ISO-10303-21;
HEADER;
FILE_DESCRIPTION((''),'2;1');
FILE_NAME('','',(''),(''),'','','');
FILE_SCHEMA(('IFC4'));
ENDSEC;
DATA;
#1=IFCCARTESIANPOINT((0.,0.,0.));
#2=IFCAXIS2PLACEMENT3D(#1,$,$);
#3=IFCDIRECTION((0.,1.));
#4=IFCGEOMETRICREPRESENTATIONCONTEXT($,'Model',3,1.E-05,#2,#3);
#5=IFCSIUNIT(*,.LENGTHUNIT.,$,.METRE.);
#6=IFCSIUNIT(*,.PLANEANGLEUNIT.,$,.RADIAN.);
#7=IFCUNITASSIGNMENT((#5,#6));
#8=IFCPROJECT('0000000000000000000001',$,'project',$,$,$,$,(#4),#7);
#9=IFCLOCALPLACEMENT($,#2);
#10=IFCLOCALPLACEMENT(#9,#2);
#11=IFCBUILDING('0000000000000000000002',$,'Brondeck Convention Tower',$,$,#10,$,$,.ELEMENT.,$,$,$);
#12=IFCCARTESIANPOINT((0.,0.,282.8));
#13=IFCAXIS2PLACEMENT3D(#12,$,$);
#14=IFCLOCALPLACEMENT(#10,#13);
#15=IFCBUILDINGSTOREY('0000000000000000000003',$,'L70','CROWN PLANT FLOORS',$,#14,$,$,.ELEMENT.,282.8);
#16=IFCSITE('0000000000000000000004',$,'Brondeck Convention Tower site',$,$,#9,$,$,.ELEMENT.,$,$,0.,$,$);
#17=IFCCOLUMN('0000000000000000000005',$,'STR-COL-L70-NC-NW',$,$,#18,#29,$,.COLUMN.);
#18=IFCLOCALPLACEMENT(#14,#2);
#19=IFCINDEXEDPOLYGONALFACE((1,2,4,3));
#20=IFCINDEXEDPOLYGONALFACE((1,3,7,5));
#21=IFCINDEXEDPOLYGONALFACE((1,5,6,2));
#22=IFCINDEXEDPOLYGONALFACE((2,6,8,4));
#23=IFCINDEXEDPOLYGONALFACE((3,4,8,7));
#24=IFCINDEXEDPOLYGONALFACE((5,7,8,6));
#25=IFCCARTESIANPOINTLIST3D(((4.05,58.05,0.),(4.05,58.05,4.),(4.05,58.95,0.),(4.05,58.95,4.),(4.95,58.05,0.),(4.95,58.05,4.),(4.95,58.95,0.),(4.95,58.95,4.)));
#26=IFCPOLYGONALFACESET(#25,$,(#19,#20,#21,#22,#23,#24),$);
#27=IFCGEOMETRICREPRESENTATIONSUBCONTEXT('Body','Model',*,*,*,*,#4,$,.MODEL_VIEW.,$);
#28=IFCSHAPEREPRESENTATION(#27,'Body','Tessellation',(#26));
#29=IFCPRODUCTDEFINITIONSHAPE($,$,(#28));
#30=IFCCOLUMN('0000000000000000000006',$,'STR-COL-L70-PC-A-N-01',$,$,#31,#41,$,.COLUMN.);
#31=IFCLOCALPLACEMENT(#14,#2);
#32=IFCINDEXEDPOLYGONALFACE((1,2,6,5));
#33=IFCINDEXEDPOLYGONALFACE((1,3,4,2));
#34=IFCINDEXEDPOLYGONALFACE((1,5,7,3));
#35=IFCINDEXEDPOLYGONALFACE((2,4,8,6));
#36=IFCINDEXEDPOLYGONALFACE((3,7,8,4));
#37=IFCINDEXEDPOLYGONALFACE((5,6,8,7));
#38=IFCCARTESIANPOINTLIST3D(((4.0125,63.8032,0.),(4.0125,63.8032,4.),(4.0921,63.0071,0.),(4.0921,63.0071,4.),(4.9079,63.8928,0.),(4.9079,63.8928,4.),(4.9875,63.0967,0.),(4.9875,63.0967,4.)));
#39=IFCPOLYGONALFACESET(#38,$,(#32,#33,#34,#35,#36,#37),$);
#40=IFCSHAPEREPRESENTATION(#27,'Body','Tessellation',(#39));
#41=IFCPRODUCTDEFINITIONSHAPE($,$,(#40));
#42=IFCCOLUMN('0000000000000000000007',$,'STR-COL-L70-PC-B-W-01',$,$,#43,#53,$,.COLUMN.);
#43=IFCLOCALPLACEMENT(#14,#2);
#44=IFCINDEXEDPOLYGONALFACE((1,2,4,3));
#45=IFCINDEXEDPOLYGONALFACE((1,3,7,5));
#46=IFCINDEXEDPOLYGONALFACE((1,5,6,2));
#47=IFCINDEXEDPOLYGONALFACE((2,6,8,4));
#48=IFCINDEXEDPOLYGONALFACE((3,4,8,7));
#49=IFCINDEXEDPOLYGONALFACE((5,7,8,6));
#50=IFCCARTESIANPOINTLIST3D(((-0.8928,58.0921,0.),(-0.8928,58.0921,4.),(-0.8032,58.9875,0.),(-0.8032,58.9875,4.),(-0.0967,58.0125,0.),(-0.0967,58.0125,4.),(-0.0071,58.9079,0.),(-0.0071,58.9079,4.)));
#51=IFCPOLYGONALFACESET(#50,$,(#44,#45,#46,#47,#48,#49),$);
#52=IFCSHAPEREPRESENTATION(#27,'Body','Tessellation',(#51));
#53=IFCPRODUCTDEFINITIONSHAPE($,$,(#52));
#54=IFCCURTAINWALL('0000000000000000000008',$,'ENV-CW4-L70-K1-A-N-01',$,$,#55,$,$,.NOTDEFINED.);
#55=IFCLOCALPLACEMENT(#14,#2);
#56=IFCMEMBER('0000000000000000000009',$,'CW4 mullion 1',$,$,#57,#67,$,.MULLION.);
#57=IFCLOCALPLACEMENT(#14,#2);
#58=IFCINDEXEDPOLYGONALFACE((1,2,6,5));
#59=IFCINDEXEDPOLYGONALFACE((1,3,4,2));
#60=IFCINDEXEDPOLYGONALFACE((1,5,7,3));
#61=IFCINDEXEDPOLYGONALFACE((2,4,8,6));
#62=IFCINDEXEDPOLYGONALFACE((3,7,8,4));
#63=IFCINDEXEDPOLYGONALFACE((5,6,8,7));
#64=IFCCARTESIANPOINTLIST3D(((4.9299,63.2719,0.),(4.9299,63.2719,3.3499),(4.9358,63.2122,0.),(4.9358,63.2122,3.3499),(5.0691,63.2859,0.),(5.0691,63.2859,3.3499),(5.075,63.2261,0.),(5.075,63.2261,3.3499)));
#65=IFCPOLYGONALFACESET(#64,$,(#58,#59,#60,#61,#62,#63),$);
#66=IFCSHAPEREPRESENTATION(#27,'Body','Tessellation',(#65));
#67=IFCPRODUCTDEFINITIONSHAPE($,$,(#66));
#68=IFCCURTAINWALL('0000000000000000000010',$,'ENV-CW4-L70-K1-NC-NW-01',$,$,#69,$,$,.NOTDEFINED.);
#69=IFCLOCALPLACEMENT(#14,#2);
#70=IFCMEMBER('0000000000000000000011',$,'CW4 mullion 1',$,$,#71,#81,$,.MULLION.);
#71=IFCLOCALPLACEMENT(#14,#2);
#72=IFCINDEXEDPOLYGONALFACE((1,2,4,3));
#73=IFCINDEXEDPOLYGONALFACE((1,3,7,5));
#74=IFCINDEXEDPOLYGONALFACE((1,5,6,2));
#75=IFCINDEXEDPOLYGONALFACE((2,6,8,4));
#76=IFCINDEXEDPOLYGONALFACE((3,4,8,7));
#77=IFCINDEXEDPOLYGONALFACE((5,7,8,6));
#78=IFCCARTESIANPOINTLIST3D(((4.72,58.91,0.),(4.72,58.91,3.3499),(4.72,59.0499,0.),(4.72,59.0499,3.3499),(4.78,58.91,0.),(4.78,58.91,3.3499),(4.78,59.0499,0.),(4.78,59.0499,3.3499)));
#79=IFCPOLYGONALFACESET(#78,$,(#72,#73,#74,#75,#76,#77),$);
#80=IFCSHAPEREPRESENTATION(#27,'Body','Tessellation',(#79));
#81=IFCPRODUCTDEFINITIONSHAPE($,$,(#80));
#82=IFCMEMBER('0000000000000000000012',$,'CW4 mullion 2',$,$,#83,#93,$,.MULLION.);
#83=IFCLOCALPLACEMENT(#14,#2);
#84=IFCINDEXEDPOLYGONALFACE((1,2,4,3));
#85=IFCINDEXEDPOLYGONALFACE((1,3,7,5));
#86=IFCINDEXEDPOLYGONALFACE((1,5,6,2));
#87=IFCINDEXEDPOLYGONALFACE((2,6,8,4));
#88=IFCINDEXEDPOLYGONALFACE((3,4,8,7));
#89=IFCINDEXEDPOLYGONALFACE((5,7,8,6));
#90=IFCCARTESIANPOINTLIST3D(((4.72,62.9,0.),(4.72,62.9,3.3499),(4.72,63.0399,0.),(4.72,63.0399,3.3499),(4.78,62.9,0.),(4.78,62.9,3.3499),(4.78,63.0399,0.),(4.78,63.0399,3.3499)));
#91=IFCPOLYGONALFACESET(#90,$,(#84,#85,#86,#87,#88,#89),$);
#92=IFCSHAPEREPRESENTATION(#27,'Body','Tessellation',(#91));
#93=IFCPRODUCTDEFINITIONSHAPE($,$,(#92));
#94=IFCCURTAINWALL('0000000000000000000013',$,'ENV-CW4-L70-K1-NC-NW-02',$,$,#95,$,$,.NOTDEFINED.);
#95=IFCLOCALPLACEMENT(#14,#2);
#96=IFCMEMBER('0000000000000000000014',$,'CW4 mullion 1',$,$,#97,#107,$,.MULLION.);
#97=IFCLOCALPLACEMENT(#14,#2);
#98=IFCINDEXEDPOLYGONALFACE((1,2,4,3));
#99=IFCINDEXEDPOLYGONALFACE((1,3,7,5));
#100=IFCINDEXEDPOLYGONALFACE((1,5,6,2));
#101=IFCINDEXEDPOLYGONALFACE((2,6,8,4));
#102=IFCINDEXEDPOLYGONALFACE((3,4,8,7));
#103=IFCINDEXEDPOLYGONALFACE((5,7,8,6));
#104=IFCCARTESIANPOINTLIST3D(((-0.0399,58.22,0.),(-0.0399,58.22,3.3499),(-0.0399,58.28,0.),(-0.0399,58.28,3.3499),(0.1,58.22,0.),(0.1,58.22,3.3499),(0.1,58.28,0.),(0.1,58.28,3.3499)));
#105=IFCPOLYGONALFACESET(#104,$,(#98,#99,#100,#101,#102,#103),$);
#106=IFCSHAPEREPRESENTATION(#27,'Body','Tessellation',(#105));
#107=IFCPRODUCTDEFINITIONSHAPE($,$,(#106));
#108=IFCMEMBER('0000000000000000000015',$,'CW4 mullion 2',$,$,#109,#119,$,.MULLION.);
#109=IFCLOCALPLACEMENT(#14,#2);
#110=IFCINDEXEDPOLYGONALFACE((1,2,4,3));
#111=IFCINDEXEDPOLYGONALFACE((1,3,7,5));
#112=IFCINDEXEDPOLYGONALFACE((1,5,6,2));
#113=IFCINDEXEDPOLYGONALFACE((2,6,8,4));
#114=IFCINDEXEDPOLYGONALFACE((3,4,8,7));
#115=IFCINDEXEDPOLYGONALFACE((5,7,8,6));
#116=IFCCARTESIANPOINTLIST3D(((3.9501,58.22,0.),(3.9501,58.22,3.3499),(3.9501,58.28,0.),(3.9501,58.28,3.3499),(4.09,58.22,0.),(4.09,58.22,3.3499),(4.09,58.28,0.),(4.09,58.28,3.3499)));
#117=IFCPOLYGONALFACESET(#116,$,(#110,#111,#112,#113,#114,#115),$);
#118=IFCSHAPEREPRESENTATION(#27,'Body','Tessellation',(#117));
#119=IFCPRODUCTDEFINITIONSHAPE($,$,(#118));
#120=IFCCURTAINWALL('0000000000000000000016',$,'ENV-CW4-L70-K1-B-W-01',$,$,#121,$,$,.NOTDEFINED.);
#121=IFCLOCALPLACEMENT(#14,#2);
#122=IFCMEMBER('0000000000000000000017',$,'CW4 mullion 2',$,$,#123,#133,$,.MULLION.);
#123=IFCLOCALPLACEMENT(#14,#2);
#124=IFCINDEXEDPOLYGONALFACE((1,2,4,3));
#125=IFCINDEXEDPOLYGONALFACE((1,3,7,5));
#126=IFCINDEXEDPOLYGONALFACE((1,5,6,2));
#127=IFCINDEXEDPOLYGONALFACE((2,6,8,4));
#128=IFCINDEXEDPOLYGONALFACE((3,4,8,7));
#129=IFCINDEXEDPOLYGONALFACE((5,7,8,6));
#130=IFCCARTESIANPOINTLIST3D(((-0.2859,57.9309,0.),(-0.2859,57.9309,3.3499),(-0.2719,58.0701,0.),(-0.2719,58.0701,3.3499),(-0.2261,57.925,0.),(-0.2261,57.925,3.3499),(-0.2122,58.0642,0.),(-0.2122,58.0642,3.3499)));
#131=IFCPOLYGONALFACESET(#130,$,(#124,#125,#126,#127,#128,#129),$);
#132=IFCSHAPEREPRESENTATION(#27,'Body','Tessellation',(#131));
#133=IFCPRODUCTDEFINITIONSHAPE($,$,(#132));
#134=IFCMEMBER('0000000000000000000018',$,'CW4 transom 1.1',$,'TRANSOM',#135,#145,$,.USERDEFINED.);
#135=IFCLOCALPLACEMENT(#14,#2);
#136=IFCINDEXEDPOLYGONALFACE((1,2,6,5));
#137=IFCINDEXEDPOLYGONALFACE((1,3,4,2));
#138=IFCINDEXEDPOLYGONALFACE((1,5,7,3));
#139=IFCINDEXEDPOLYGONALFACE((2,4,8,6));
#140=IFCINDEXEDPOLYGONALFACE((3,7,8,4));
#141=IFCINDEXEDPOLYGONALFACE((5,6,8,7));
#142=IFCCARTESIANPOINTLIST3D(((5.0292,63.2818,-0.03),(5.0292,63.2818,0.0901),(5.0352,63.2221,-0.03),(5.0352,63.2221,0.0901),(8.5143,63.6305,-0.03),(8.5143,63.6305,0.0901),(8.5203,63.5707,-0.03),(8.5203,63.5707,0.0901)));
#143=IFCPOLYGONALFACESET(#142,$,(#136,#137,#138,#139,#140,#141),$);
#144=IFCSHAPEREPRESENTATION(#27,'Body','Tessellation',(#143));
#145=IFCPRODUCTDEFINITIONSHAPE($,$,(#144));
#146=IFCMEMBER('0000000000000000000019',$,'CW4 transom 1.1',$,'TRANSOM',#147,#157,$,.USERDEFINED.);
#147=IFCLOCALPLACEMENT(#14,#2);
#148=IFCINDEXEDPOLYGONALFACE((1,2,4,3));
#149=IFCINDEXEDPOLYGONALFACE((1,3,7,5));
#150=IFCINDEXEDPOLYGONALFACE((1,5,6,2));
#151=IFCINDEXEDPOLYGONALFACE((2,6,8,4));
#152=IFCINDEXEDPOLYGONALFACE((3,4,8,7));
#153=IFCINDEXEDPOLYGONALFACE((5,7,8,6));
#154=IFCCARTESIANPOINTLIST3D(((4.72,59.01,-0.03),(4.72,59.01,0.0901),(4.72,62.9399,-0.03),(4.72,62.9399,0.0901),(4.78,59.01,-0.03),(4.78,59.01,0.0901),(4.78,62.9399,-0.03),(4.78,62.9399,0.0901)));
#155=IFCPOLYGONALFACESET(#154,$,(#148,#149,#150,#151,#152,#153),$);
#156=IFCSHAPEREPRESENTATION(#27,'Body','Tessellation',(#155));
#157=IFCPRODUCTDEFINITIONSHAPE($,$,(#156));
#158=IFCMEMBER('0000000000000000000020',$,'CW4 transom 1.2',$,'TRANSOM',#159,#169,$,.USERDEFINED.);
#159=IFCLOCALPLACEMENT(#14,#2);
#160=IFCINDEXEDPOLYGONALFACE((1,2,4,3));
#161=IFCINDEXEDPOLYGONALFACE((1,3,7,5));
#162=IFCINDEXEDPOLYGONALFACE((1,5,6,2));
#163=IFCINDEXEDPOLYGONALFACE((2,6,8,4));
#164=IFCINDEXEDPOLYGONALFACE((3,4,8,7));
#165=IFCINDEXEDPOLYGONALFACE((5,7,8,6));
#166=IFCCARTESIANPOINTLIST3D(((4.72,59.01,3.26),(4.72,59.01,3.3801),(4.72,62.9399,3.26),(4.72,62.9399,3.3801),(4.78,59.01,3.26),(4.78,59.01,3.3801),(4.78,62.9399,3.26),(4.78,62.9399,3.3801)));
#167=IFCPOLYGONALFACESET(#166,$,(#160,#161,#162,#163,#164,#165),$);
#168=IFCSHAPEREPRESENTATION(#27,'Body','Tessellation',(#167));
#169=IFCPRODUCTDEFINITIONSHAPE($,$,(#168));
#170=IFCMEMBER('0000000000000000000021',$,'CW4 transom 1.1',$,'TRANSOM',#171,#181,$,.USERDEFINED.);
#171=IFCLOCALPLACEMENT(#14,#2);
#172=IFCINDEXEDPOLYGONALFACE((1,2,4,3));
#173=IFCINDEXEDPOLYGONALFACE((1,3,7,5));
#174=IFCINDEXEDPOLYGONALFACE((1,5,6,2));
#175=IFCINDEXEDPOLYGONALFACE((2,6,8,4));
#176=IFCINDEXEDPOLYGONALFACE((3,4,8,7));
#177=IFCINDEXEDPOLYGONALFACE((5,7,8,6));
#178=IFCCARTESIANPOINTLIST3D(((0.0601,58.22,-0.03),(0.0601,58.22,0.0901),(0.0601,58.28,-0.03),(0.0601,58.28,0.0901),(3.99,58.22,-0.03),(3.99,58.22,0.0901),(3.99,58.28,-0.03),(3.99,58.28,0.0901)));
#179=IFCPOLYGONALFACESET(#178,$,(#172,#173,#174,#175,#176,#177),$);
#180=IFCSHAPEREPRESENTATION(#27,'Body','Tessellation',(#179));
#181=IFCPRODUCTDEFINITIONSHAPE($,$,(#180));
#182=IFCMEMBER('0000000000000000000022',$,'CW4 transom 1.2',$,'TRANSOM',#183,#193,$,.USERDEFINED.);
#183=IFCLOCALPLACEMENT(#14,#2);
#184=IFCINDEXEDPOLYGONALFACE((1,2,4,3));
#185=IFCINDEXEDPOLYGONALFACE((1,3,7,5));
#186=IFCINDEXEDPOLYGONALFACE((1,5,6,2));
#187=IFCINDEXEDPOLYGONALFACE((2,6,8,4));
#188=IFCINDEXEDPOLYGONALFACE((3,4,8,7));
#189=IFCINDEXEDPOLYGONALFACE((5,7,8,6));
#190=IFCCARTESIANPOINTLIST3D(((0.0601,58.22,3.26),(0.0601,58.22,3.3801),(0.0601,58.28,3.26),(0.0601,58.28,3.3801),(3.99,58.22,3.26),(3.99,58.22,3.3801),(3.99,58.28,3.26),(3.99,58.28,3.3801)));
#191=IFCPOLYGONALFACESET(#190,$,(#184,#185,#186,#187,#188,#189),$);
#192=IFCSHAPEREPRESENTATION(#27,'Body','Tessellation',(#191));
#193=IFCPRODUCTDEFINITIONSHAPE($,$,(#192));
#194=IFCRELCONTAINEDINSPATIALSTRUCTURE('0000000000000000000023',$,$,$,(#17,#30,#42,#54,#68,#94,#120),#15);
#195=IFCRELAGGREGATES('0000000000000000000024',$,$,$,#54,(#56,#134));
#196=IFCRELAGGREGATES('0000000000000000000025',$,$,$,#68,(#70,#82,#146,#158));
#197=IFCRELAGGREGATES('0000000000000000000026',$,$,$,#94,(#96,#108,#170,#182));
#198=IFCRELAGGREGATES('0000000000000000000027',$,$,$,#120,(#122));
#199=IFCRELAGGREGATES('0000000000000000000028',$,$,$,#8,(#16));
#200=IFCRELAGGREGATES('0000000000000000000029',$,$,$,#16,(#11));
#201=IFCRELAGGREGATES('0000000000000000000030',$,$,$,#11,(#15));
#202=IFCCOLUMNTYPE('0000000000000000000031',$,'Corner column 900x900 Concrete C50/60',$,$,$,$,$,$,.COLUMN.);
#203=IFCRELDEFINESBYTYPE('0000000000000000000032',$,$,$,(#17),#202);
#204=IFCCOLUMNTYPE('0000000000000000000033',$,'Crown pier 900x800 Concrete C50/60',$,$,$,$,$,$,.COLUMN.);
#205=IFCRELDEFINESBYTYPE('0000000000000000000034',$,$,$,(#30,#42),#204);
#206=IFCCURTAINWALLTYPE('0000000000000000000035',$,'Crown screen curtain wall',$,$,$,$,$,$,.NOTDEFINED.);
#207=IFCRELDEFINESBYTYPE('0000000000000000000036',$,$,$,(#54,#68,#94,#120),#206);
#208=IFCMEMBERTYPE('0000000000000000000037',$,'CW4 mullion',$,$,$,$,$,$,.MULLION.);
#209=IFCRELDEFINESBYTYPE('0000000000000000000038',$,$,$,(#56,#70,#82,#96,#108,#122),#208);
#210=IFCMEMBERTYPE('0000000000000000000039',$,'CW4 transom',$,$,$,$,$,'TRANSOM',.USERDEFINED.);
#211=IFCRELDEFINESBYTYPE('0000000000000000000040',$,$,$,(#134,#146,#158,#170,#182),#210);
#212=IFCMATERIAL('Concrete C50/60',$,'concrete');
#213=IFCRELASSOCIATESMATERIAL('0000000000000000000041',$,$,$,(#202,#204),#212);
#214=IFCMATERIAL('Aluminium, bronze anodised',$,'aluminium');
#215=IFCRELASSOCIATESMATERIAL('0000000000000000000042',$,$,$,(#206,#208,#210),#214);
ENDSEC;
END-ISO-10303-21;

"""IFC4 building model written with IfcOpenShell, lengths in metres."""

from ifc_helpers import new_model, si_unit, direction, frame, origin, origin_2d, place, context, subcontext, project, spatial, rectangle, extrude, material, material_profile, profile_set, type_object, element, aggregate, save


model = new_model("IFC4")

# Units and contexts
model_context = context("Model", 3, precision=1e-05, world=origin(), true_north=direction((0.0, 1.0)))
body_context = subcontext(model_context, "Body", "Model", "MODEL_VIEW")
ifc_project = project(units=[si_unit("LENGTHUNIT", "METRE"), si_unit("PLANEANGLEUNIT", "RADIAN")], contexts=[model_context])

# Site, building, storey
site_placement = place(None, origin())
site = spatial("IfcSite", under=ifc_project, at=site_placement, Name="Brondeck Convention Tower site", CompositionType="ELEMENT", RefElevation=0.0)
building_placement = place(site_placement, origin())
building = spatial("IfcBuilding", under=site, at=building_placement, Name="Brondeck Convention Tower", CompositionType="ELEMENT")
storey_placement = place(building_placement, frame((0.0, 0.0, 282.8)))
storey = spatial("IfcBuildingStorey", under=building, at=storey_placement, Name="L70", Description="CROWN PLANT FLOORS", CompositionType="ELEMENT", Elevation=282.8)

# Columns
ifc_material_1 = material(Name="Concrete C50/60", Category="concrete")
ifc_material_profile_1 = material_profile(ifc_material_1, rectangle(XDim=0.8999, YDim=0.8999, at=origin_2d()), Name="Corner column 900x900 Concrete C50/60")
ifc_profile_set_1 = profile_set([ifc_material_profile_1], Name="Concrete C50/60")
column_type_1 = type_object("IfcColumnType", Name="Corner column 900x900 Concrete C50/60", PredefinedType="COLUMN", material=ifc_profile_set_1)
column_placement = place(storey_placement, frame((4.5, 58.5, 0.0), z_axis=(0.0, 0.0, 1.0), x_axis=(1.0, 0.0, 0.0)))
element("IfcColumn", 1, at=column_placement, inside=storey, type_object=column_type_1, Name="STR-COL-L70-NC-NW", PredefinedType="COLUMN", context=body_context, shape_type="SweptSolid", body=[
    extrude(rectangle(XDim=0.8999, YDim=0.8999, at=origin_2d()), origin(), (0.0, 0.0, 1.0), 4.0),
])
ifc_material_profile_2 = material_profile(ifc_material_1, rectangle(XDim=0.8999, YDim=0.8, at=origin_2d()), Name="Crown pier 900x800 Concrete C50/60")
ifc_profile_set_2 = profile_set([ifc_material_profile_2], Name="Concrete C50/60")
column_type_2 = type_object("IfcColumnType", Name="Crown pier 900x800 Concrete C50/60", PredefinedType="COLUMN", material=ifc_profile_set_2)
for number, where, z_axis, x_axis, name in (
    (2, (4.5, 63.45, 0.0), (0.0, 0.0, 1.0), (-0.995037, -0.099504, 0.0), "STR-COL-L70-PC-A-N-01"),
    (3, (-0.45, 58.5, 0.0), (0.0, 0.0, 1.0), (-0.099504, -0.995037, 0.0), "STR-COL-L70-PC-B-W-01"),
):
    element("IfcColumn", number, at=place(storey_placement, frame(where, z_axis=z_axis, x_axis=x_axis)), inside=storey, type_object=column_type_2, Name=name, PredefinedType="COLUMN", context=body_context, shape_type="SweptSolid", body=[
        extrude(rectangle(XDim=0.8999, YDim=0.8, at=origin_2d()), origin(), (0.0, 0.0, 1.0), 4.0),
    ])

# Curtain wall, member
ifc_material_2 = material(Name="Aluminium, bronze anodised", Category="aluminium")
curtain_wall_type = type_object("IfcCurtainWallType", Name="Crown screen curtain wall", PredefinedType="NOTDEFINED", material=ifc_material_2)
curtain_wall_1_placement = place(storey_placement, origin())
curtain_wall_1 = element("IfcCurtainWall", 4, at=curtain_wall_1_placement, inside=storey, type_object=curtain_wall_type, Name="ENV-CW4-L70-K1-A-N-01", PredefinedType="NOTDEFINED")
ifc_material_profile_3 = material_profile(ifc_material_2, rectangle(XDim=0.0601, YDim=0.1399, at=origin_2d()), Name="CW4 mullion")
ifc_profile_set_3 = profile_set([ifc_material_profile_3], Name="Aluminium, bronze anodised")
member_type_1 = type_object("IfcMemberType", Name="CW4 mullion", PredefinedType="MULLION", material=ifc_profile_set_3)
member_1_placement = place(storey_placement, frame((5.0024, 63.249, 0.0), z_axis=(0.0, 0.0, 1.0), x_axis=(-0.099517, 0.995036, 0.0)))
member_1 = element("IfcMember", 5, at=member_1_placement, type_object=member_type_1, Name="CW4 mullion 1", PredefinedType="MULLION", context=body_context, shape_type="SweptSolid", body=[
    extrude(rectangle(XDim=0.0601, YDim=0.1399, at=origin_2d()), origin(), (0.0, 0.0, 1.0), 3.3499),
])

# Curtain walls, members
curtain_wall_2_placement = place(storey_placement, origin())
curtain_wall_2 = element("IfcCurtainWall", 6, at=curtain_wall_2_placement, inside=storey, type_object=curtain_wall_type, Name="ENV-CW4-L70-K1-NC-NW-01", PredefinedType="NOTDEFINED")
member_2_placement = place(storey_placement, frame((4.75, 58.98, 0.0), z_axis=(0.0, 0.0, 1.0), x_axis=(-1.0, 0.0, 0.0)))
member_2 = element("IfcMember", 7, at=member_2_placement, type_object=member_type_1, Name="CW4 mullion 1", PredefinedType="MULLION", context=body_context, shape_type="SweptSolid", body=[
    extrude(rectangle(XDim=0.0601, YDim=0.1399, at=origin_2d()), origin(), (0.0, 0.0, 1.0), 3.3499),
])
member_3_placement = place(storey_placement, frame((4.75, 62.97, 0.0), z_axis=(0.0, 0.0, 1.0), x_axis=(-1.0, 0.0, 0.0)))
member_3 = element("IfcMember", 8, at=member_3_placement, type_object=member_type_1, Name="CW4 mullion 2", PredefinedType="MULLION", context=body_context, shape_type="SweptSolid", body=[
    extrude(rectangle(XDim=0.0601, YDim=0.1399, at=origin_2d()), origin(), (0.0, 0.0, 1.0), 3.3499),
])
curtain_wall_3_placement = place(storey_placement, origin())
curtain_wall_3 = element("IfcCurtainWall", 9, at=curtain_wall_3_placement, inside=storey, type_object=curtain_wall_type, Name="ENV-CW4-L70-K1-NC-NW-02", PredefinedType="NOTDEFINED")
member_4_placement = place(storey_placement, frame((0.03, 58.25, 0.0), z_axis=(0.0, 0.0, 1.0), x_axis=(0.0, 1.0, 0.0)))
member_4 = element("IfcMember", 10, at=member_4_placement, type_object=member_type_1, Name="CW4 mullion 1", PredefinedType="MULLION", context=body_context, shape_type="SweptSolid", body=[
    extrude(rectangle(XDim=0.0601, YDim=0.1399, at=origin_2d()), origin(), (0.0, 0.0, 1.0), 3.3499),
])
member_5_placement = place(storey_placement, frame((4.02, 58.25, 0.0), z_axis=(0.0, 0.0, 1.0), x_axis=(0.0, 1.0, 0.0)))
member_5 = element("IfcMember", 11, at=member_5_placement, type_object=member_type_1, Name="CW4 mullion 2", PredefinedType="MULLION", context=body_context, shape_type="SweptSolid", body=[
    extrude(rectangle(XDim=0.0601, YDim=0.1399, at=origin_2d()), origin(), (0.0, 0.0, 1.0), 3.3499),
])

# Curtain wall, member
curtain_wall_4_placement = place(storey_placement, origin())
curtain_wall_4 = element("IfcCurtainWall", 12, at=curtain_wall_4_placement, inside=storey, type_object=curtain_wall_type, Name="ENV-CW4-L70-K1-B-W-01", PredefinedType="NOTDEFINED")
member_6_placement = place(storey_placement, frame((-0.249, 57.9976, 0.0), z_axis=(0.0, 0.0, 1.0), x_axis=(-0.995036, 0.099517, 0.0)))
member_6 = element("IfcMember", 13, at=member_6_placement, type_object=member_type_1, Name="CW4 mullion 2", PredefinedType="MULLION", context=body_context, shape_type="SweptSolid", body=[
    extrude(rectangle(XDim=0.0601, YDim=0.1399, at=origin_2d()), origin(), (0.0, 0.0, 1.0), 3.3499),
])

# Members
ifc_material_profile_4 = material_profile(ifc_material_2, rectangle(XDim=0.0601, YDim=0.1201, at=origin_2d()), Name="CW4 transom")
ifc_profile_set_4 = profile_set([ifc_material_profile_4], Name="Aluminium, bronze anodised")
member_type_2 = type_object("IfcMemberType", Name="CW4 transom", ElementType="TRANSOM", PredefinedType="USERDEFINED", material=ifc_profile_set_4)
member_7_placement = place(storey_placement, frame((5.0322, 63.252, 0.03), z_axis=(0.995034, 0.099538, 0.0), x_axis=(-0.099538, 0.995034, 0.0)))
member_7 = element("IfcMember", 14, at=member_7_placement, type_object=member_type_2, Name="CW4 transom 1.1", ObjectType="TRANSOM", PredefinedType="USERDEFINED", context=body_context, shape_type="SweptSolid", body=[
    extrude(rectangle(XDim=0.0601, YDim=0.1201, at=origin_2d()), origin(), (0.0, 0.0, 1.0), 3.5024),
])
aggregate(curtain_wall_1, [member_1, member_7])
member_8_placement = place(storey_placement, frame((4.75, 59.01, 0.03), z_axis=(0.0, 1.0, 0.0), x_axis=(-1.0, 0.0, 0.0)))
member_8 = element("IfcMember", 15, at=member_8_placement, type_object=member_type_2, Name="CW4 transom 1.1", ObjectType="TRANSOM", PredefinedType="USERDEFINED", context=body_context, shape_type="SweptSolid", body=[
    extrude(rectangle(XDim=0.0601, YDim=0.1201, at=origin_2d()), origin(), (0.0, 0.0, 1.0), 3.9299),
])
member_9_placement = place(storey_placement, frame((4.75, 59.01, 3.3201), z_axis=(0.0, 1.0, 0.0), x_axis=(-1.0, 0.0, 0.0)))
member_9 = element("IfcMember", 16, at=member_9_placement, type_object=member_type_2, Name="CW4 transom 1.2", ObjectType="TRANSOM", PredefinedType="USERDEFINED", context=body_context, shape_type="SweptSolid", body=[
    extrude(rectangle(XDim=0.0601, YDim=0.1201, at=origin_2d()), origin(), (0.0, 0.0, 1.0), 3.9299),
])
member_10_placement = place(storey_placement, frame((0.0601, 58.25, 0.03), z_axis=(1.0, 0.0, 0.0), x_axis=(0.0, 1.0, 0.0)))
member_10 = element("IfcMember", 17, at=member_10_placement, type_object=member_type_2, Name="CW4 transom 1.1", ObjectType="TRANSOM", PredefinedType="USERDEFINED", context=body_context, shape_type="SweptSolid", body=[
    extrude(rectangle(XDim=0.0601, YDim=0.1201, at=origin_2d()), origin(), (0.0, 0.0, 1.0), 3.9299),
])
member_11_placement = place(storey_placement, frame((0.0601, 58.25, 3.3201), z_axis=(1.0, 0.0, 0.0), x_axis=(0.0, 1.0, 0.0)))
member_11 = element("IfcMember", 18, at=member_11_placement, type_object=member_type_2, Name="CW4 transom 1.2", ObjectType="TRANSOM", PredefinedType="USERDEFINED", context=body_context, shape_type="SweptSolid", body=[
    extrude(rectangle(XDim=0.0601, YDim=0.1201, at=origin_2d()), origin(), (0.0, 0.0, 1.0), 3.9299),
])

aggregate(curtain_wall_2, [member_2, member_3, member_8, member_9])
aggregate(curtain_wall_3, [member_4, member_5, member_10, member_11])
aggregate(curtain_wall_4, [member_6])

save(model, "model.ifc")
